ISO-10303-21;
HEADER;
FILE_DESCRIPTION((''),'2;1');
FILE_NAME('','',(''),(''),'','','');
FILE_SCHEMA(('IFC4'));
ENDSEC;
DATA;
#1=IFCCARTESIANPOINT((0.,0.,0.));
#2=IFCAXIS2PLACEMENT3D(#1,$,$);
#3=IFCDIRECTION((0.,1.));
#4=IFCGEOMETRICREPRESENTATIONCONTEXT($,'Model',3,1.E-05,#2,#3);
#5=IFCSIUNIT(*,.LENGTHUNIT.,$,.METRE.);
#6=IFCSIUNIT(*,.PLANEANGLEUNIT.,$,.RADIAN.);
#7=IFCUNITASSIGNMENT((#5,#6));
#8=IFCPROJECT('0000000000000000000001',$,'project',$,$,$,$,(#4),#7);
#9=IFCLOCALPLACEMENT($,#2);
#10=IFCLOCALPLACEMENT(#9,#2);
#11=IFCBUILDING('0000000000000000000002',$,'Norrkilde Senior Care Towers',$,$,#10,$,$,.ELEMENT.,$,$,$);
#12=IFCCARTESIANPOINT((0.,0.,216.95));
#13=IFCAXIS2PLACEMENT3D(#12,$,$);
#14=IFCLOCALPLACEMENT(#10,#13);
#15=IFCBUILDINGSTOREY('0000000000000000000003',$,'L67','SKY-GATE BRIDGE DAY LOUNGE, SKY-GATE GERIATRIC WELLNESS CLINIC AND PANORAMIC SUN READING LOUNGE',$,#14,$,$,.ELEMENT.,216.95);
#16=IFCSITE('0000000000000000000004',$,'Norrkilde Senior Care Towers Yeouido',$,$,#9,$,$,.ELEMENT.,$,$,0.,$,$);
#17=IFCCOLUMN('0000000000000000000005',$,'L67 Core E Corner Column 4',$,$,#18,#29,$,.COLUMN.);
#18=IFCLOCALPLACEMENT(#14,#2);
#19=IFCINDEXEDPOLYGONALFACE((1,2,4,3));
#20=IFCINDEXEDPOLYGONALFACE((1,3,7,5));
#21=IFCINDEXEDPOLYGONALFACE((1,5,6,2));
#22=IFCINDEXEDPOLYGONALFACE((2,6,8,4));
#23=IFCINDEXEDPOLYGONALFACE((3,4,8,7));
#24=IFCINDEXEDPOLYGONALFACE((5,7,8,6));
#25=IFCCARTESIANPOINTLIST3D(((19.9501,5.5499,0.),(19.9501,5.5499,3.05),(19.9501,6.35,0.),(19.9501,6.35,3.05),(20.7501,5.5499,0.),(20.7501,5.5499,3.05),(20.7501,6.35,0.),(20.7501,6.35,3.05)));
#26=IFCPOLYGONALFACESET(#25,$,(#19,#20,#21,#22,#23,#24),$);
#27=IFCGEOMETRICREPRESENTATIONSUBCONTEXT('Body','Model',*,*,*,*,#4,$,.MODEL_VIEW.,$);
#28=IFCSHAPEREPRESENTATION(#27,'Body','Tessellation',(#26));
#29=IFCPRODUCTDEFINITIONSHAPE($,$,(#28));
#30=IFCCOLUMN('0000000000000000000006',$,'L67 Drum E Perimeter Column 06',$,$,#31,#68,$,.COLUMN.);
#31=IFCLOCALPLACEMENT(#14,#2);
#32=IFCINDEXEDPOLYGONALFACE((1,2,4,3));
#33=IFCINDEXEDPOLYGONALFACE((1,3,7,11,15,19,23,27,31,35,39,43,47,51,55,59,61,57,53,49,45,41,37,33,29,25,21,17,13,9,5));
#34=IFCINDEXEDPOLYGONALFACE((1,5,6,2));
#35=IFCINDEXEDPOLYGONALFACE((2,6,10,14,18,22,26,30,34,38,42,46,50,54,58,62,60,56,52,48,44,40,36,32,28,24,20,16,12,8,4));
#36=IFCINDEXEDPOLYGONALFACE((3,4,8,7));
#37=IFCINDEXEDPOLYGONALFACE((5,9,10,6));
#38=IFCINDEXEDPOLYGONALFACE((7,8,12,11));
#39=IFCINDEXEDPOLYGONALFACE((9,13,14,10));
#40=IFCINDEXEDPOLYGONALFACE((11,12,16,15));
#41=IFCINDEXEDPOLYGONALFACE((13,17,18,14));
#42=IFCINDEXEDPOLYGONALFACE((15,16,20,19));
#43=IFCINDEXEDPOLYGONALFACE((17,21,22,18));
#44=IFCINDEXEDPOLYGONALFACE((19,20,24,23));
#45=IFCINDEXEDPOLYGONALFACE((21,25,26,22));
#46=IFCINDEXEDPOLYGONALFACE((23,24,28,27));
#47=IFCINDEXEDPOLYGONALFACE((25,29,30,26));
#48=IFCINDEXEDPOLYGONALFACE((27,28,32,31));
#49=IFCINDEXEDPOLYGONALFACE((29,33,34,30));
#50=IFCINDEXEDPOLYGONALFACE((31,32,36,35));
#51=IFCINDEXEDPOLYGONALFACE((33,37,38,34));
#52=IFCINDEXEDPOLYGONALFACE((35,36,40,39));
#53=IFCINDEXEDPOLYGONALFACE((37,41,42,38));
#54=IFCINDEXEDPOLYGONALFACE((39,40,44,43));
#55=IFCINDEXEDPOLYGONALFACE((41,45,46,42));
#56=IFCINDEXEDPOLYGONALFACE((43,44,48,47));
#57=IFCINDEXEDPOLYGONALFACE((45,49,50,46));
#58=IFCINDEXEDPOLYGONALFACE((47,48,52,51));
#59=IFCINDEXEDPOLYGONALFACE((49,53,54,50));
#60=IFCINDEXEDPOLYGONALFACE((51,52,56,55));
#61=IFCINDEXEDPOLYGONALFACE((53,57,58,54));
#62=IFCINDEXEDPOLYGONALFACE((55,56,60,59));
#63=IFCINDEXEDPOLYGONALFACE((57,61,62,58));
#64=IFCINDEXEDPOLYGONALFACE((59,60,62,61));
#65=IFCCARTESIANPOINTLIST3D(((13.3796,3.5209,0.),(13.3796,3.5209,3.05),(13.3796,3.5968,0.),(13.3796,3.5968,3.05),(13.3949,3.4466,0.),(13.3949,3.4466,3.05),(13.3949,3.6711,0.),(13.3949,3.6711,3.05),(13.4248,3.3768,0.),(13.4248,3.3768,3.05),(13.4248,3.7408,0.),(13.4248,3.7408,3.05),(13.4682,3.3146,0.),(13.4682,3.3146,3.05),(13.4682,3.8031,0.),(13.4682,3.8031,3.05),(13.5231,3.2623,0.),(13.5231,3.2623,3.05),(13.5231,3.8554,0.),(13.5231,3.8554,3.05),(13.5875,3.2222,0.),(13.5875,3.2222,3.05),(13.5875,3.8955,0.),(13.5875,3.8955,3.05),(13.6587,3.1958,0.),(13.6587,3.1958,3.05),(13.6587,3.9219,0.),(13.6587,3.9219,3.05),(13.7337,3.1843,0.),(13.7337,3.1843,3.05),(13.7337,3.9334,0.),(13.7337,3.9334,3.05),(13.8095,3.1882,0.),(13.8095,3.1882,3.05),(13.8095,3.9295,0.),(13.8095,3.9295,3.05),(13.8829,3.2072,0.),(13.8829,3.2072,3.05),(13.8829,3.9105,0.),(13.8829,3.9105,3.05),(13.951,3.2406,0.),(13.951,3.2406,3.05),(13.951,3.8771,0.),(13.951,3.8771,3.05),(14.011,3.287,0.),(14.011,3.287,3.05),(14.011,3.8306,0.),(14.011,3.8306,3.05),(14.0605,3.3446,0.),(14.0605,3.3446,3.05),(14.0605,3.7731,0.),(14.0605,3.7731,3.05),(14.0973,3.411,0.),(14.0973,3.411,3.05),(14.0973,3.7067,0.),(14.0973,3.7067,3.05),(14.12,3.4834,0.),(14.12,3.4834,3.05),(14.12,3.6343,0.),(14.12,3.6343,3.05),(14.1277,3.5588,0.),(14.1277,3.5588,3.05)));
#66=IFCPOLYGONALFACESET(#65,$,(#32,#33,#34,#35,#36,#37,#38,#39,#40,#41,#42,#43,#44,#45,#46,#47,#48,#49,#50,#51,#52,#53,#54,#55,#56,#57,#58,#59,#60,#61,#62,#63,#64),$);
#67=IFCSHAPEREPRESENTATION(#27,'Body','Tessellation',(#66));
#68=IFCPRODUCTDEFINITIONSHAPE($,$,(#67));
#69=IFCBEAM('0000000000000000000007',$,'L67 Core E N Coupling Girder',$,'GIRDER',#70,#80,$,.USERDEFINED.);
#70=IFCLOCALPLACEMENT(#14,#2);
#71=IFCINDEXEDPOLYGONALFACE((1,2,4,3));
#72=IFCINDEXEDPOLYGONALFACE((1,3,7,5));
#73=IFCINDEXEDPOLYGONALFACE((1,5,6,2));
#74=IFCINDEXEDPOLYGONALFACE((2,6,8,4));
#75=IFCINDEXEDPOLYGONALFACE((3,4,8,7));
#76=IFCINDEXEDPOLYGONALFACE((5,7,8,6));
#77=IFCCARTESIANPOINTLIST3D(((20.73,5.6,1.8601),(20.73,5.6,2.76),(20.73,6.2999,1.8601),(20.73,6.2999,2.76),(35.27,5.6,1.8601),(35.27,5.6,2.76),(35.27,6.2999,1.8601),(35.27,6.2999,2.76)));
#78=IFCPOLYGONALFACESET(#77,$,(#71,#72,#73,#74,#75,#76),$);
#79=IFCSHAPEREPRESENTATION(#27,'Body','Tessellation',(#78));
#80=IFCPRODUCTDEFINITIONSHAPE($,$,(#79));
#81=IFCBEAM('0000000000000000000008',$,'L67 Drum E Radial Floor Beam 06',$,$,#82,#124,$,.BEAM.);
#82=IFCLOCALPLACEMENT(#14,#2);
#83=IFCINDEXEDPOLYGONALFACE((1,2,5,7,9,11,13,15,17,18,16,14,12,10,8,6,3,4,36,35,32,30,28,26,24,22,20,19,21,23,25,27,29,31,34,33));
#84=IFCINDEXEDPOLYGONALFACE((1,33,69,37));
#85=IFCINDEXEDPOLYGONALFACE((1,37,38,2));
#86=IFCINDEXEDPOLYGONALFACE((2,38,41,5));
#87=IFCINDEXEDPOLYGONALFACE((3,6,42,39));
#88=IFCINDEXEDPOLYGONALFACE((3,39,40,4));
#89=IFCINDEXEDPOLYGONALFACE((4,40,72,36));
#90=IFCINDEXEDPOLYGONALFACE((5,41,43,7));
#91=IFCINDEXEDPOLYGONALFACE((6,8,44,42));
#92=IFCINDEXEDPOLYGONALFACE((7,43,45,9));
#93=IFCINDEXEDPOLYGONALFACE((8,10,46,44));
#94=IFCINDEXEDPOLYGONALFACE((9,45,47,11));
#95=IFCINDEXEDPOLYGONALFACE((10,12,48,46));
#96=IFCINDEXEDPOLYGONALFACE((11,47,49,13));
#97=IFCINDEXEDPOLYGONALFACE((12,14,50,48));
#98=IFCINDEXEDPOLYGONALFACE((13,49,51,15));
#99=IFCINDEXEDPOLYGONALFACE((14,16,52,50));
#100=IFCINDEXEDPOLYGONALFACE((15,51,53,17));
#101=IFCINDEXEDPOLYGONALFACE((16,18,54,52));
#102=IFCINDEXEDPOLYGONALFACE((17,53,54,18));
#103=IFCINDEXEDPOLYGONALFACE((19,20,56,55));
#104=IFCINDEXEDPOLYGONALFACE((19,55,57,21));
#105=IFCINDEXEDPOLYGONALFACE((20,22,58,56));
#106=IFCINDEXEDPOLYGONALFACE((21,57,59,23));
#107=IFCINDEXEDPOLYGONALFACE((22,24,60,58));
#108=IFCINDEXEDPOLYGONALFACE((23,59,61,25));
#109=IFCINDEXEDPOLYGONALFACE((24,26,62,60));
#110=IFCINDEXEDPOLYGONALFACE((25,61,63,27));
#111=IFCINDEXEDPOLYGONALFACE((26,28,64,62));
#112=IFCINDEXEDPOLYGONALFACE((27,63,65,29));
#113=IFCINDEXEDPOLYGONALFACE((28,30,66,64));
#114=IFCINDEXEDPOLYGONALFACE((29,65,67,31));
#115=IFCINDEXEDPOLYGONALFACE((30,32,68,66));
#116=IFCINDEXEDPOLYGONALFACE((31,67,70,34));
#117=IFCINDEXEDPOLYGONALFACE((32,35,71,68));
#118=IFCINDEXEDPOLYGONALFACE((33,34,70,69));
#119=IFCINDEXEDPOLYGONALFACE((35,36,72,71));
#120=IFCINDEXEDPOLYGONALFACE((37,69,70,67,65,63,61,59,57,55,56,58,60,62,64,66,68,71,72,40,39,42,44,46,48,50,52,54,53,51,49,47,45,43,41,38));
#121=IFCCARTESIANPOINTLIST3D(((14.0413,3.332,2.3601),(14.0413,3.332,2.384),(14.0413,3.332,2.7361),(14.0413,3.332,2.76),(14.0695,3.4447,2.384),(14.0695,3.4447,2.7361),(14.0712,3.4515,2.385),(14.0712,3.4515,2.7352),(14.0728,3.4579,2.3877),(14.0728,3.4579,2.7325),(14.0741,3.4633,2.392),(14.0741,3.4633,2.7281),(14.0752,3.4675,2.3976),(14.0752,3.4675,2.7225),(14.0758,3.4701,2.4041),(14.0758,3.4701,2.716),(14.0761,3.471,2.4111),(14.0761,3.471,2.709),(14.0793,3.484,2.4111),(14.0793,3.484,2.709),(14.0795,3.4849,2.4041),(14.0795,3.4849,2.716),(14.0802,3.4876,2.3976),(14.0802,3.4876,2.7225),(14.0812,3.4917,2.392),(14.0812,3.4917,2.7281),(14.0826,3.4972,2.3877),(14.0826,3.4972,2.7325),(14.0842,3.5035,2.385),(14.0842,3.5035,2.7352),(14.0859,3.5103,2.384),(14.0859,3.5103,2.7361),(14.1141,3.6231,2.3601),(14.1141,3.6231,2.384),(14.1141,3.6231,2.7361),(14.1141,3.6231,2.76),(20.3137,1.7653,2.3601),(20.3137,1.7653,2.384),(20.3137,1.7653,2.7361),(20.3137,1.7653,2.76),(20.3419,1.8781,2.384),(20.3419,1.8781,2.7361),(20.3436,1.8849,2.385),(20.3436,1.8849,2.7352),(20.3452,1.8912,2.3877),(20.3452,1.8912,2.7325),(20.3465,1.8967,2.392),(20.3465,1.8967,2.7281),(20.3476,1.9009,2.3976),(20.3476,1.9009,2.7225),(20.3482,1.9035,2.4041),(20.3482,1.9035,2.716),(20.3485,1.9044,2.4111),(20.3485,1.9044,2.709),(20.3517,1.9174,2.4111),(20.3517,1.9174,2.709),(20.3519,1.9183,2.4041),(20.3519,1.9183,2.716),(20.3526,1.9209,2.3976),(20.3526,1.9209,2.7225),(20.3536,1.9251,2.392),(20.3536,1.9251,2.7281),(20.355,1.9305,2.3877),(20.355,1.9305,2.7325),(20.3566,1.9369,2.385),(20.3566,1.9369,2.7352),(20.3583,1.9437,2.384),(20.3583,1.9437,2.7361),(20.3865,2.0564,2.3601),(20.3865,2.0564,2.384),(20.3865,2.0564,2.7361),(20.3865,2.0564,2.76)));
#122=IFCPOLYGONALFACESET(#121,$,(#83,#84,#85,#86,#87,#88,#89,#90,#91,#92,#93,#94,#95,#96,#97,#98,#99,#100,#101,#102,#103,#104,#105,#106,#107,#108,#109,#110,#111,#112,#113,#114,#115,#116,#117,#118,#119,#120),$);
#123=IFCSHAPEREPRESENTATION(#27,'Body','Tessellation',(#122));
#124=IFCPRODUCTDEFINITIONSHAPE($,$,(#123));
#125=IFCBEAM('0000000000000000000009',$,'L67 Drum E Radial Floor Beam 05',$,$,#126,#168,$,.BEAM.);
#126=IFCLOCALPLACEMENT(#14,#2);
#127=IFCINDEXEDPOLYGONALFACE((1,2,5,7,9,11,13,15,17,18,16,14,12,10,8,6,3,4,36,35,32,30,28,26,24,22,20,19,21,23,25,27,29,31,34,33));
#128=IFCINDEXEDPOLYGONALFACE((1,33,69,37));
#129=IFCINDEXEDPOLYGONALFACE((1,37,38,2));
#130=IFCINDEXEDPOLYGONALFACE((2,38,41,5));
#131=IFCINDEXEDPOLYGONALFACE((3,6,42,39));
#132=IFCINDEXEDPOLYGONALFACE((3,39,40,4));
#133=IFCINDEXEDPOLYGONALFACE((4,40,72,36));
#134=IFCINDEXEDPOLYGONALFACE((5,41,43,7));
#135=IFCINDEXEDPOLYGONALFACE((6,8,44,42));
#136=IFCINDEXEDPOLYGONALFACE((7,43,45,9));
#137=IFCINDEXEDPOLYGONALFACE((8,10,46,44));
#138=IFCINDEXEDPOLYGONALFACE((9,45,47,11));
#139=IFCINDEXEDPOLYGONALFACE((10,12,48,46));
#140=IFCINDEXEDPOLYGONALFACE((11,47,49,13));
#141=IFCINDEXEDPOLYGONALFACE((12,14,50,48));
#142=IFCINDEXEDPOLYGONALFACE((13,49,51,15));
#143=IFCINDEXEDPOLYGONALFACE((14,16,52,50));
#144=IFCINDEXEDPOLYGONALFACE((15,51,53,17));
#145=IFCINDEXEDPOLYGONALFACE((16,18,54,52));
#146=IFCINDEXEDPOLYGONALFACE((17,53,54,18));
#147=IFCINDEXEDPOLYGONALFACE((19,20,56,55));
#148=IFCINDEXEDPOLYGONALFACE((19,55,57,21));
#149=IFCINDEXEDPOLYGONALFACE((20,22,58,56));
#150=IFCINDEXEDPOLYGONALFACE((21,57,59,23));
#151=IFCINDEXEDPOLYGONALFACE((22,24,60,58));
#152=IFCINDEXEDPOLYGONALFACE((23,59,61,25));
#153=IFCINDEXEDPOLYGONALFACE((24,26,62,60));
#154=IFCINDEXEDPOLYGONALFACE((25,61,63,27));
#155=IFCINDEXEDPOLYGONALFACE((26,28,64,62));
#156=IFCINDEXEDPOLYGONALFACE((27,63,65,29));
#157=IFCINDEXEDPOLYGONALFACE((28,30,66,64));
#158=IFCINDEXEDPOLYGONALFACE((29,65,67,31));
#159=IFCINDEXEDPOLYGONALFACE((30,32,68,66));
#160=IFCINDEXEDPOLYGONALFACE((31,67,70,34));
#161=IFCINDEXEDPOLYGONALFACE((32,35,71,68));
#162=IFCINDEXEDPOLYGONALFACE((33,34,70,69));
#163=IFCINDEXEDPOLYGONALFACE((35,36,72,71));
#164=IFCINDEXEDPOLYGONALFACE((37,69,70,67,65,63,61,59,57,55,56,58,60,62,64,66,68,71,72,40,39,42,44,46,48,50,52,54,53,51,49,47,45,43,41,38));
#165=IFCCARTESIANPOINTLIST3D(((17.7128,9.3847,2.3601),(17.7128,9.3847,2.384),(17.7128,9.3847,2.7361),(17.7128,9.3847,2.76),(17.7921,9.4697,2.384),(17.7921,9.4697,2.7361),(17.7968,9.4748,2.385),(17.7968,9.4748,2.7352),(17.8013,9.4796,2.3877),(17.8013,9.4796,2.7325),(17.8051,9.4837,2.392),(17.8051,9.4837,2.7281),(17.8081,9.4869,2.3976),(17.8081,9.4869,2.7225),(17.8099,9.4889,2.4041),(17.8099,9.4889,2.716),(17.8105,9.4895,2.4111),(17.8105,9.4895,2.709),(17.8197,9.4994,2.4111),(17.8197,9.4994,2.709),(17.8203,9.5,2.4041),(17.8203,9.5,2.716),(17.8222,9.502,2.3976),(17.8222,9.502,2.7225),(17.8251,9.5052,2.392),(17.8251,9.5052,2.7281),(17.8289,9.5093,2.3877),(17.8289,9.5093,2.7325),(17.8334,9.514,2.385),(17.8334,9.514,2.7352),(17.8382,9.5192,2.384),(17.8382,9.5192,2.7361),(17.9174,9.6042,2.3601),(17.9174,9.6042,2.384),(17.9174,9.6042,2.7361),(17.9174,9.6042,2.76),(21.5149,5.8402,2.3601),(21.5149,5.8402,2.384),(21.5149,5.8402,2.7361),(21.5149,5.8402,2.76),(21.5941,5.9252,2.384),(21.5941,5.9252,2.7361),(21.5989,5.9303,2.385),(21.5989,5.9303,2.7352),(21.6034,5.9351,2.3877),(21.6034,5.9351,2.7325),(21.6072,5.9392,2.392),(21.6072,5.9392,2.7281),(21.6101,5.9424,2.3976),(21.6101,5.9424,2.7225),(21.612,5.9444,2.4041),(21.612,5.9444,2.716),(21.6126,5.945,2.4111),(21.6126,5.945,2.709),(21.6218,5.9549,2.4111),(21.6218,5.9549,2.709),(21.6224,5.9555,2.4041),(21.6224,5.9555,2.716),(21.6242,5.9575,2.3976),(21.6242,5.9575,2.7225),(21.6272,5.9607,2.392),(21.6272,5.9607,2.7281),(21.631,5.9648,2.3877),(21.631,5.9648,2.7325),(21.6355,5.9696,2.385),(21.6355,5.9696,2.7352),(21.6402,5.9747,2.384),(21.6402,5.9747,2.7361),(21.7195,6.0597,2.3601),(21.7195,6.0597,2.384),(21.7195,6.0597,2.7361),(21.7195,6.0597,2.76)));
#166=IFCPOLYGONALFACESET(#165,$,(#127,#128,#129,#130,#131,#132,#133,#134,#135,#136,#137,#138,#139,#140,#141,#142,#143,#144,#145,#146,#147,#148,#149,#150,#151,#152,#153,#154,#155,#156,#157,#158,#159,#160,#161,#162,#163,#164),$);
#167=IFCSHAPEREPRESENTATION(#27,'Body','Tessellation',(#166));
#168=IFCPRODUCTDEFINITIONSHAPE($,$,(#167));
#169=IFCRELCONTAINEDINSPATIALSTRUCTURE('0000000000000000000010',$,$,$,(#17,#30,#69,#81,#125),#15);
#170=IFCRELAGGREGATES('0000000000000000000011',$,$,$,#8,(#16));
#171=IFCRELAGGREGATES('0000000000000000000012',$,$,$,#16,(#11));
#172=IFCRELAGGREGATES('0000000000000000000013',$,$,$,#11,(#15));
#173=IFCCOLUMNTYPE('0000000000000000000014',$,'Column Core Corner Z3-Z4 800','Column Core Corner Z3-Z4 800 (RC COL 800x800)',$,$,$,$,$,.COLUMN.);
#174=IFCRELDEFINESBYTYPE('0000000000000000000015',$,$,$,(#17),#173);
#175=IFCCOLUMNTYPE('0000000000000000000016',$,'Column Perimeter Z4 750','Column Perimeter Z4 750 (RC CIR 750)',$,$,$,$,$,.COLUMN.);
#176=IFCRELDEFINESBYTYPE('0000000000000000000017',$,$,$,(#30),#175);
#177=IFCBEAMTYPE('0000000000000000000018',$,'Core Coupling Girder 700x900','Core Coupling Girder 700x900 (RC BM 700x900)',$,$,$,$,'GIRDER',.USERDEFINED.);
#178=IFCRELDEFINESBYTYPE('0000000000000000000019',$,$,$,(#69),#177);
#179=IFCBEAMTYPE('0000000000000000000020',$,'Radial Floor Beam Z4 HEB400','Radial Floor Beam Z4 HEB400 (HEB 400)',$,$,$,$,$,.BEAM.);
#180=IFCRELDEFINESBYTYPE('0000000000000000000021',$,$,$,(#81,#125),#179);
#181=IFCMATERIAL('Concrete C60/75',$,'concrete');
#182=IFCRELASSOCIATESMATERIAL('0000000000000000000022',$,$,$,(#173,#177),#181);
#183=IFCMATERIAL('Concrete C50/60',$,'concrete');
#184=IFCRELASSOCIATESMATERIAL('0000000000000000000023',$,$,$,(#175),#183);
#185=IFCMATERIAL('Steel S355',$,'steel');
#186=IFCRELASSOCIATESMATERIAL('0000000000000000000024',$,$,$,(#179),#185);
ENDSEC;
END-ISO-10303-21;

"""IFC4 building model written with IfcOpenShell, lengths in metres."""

from ifc_helpers import new_model, si_unit, direction, frame, origin, origin_2d, place, context, subcontext, project, spatial, rectangle, circle, i_section, extrude, source, transform, mapped, material, material_profile, profile_set, type_object, type_shapes, element, save


model = new_model("IFC4")

# Units and contexts
model_context = context("Model", 3, precision=1e-05, world=origin(), true_north=direction((0.0, 1.0)))
body_context = subcontext(model_context, "Body", "Model", "MODEL_VIEW")
ifc_project = project(units=[si_unit("LENGTHUNIT", "METRE"), si_unit("PLANEANGLEUNIT", "RADIAN")], contexts=[model_context])

# Site, building, storey
site_placement = place(None, origin())
site = spatial("IfcSite", under=ifc_project, at=site_placement, Name="Norrkilde Senior Care Towers Yeouido", CompositionType="ELEMENT", RefElevation=0.0)
building_placement = place(site_placement, origin())
building = spatial("IfcBuilding", under=site, at=building_placement, Name="Norrkilde Senior Care Towers", CompositionType="ELEMENT")
storey_placement = place(building_placement, frame((0.0, 0.0, 216.95)))
storey = spatial("IfcBuildingStorey", under=building, at=storey_placement, Name="L67", Description="SKY-GATE BRIDGE DAY LOUNGE, SKY-GATE GERIATRIC WELLNESS CLINIC AND PANORAMIC SUN READING LOUNGE", CompositionType="ELEMENT", Elevation=216.95)

# Columns
ifc_material_1 = material(Name="Concrete C60/75", Category="concrete")
ifc_material_profile_1 = material_profile(ifc_material_1, rectangle(XDim=0.8, YDim=0.8, at=origin_2d()), Name="RC COL 800x800")
ifc_profile_set_1 = profile_set([ifc_material_profile_1], Name="Concrete C60/75")
column_type_1 = type_object("IfcColumnType", Name="Column Core Corner Z3-Z4 800", Description="Column Core Corner Z3-Z4 800 (RC COL 800x800)", PredefinedType="COLUMN", material=ifc_profile_set_1)
shared_shape_1 = source(origin(), body_context, "Body", "SweptSolid", [
    extrude(rectangle(XDim=0.8, YDim=0.8, at=origin_2d()), origin(), (0.0, 0.0, 1.0), 3.05),
])
type_shapes(column_type_1, [shared_shape_1])
column_1_placement = place(storey_placement, frame((20.3501, 5.95, 0.0), z_axis=(0.0, 0.0, 1.0), x_axis=(1.0, 0.0, 0.0)))
element("IfcColumn", 1, at=column_1_placement, inside=storey, type_object=column_type_1, Name="L67 Core E Corner Column 4", PredefinedType="COLUMN", context=body_context, shape_type="MappedRepresentation", body=[
    mapped(shared_shape_1, transform((0.0, 0.0, 0.0), x_axis=(1.0, 0.0, 0.0), y_axis=(0.0, 1.0, 0.0), z_axis=(0.0, 0.0, 1.0), scale=1.0)),
])
ifc_material_2 = material(Name="Concrete C50/60", Category="concrete")
ifc_material_profile_2 = material_profile(ifc_material_2, circle(Radius=0.375, at=origin_2d()), Name="RC CIR 750")
ifc_profile_set_2 = profile_set([ifc_material_profile_2], Name="Concrete C50/60")
column_type_2 = type_object("IfcColumnType", Name="Column Perimeter Z4 750", Description="Column Perimeter Z4 750 (RC CIR 750)", PredefinedType="COLUMN", material=ifc_profile_set_2)
shared_shape_2 = source(origin(), body_context, "Body", "SweptSolid", [
    extrude(circle(Radius=0.375, at=origin_2d()), origin(), (0.0, 0.0, 1.0), 3.05),
])
type_shapes(column_type_2, [shared_shape_2])
column_2_placement = place(storey_placement, frame((13.7527, 3.5588, 0.0), z_axis=(0.0, 0.0, 1.0), x_axis=(1.0, 0.0, 0.0)))
element("IfcColumn", 2, at=column_2_placement, inside=storey, type_object=column_type_2, Name="L67 Drum E Perimeter Column 06", PredefinedType="COLUMN", context=body_context, shape_type="MappedRepresentation", body=[
    mapped(shared_shape_2, transform((0.0, 0.0, 0.0), x_axis=(1.0, 0.0, 0.0), y_axis=(0.0, 1.0, 0.0), z_axis=(0.0, 0.0, 1.0), scale=1.0)),
])

# Beams
ifc_material_profile_3 = material_profile(ifc_material_1, rectangle(XDim=0.7, YDim=0.8999, at=origin_2d()), Name="RC BM 700x900")
ifc_profile_set_3 = profile_set([ifc_material_profile_3], Name="Concrete C60/75")
beam_type_1 = type_object("IfcBeamType", Name="Core Coupling Girder 700x900", Description="Core Coupling Girder 700x900 (RC BM 700x900)", ElementType="GIRDER", PredefinedType="USERDEFINED", material=ifc_profile_set_3)
shared_shape_3 = source(origin(), body_context, "Body", "SweptSolid", [
    extrude(rectangle(XDim=0.7, YDim=0.8999, at=origin_2d()), origin(), (0.0, 0.0, 1.0), 14.54),
])
type_shapes(beam_type_1, [shared_shape_3])
beam_1_placement = place(storey_placement, frame((20.73, 5.95, 2.3101), z_axis=(1.0, 0.0, 0.0), x_axis=(0.0, 1.0, 0.0)))
element("IfcBeam", 3, at=beam_1_placement, inside=storey, type_object=beam_type_1, Name="L67 Core E N Coupling Girder", ObjectType="GIRDER", PredefinedType="USERDEFINED", context=body_context, shape_type="MappedRepresentation", body=[
    mapped(shared_shape_3, transform((0.0, 0.0, 0.0), x_axis=(1.0, 0.0, 0.0), y_axis=(0.0, 1.0, 0.0), z_axis=(0.0, 0.0, 1.0), scale=1.0)),
])
ifc_material_3 = material(Name="Steel S355", Category="steel")
ifc_material_profile_4 = material_profile(ifc_material_3, i_section(OverallWidth=0.3, OverallDepth=0.3999, WebThickness=0.0134, FlangeThickness=0.0239, FilletRadius=0.0271, at=origin_2d()), Name="HEB 400")
ifc_profile_set_4 = profile_set([ifc_material_profile_4], Name="Steel S355")
beam_type_2 = type_object("IfcBeamType", Name="Radial Floor Beam Z4 HEB400", Description="Radial Floor Beam Z4 HEB400 (HEB 400)", PredefinedType="BEAM", material=ifc_profile_set_4)
shared_shape_4 = source(origin(), body_context, "Body", "SweptSolid", [
    extrude(i_section(OverallWidth=0.3, OverallDepth=0.3999, WebThickness=0.0134, FlangeThickness=0.0239, FilletRadius=0.0271, at=origin_2d()), origin(), (0.0, 0.0, 1.0), 6.4651),
])
beam_2_placement = place(storey_placement, frame((20.3501, 1.9109, 2.5601), z_axis=(-0.970196, 0.242322, 0.0), x_axis=(-0.242322, -0.970196, 0.0)))
element("IfcBeam", 4, at=beam_2_placement, inside=storey, type_object=beam_type_2, Name="L67 Drum E Radial Floor Beam 06", PredefinedType="BEAM", context=body_context, shape_type="MappedRepresentation", body=[
    mapped(shared_shape_4, transform((0.0, 0.0, 0.0), x_axis=(1.0, 0.0, 0.0), y_axis=(0.0, 1.0, 0.0), z_axis=(0.0, 0.0, 1.0), scale=1.0)),
])
shared_shape_5 = source(origin(), body_context, "Body", "SweptSolid", [
    extrude(i_section(OverallWidth=0.3, OverallDepth=0.3999, WebThickness=0.0134, FlangeThickness=0.0239, FilletRadius=0.0271, at=origin_2d()), origin(), (0.0, 0.0, 1.0), 5.198),
])
type_shapes(beam_type_2, [shared_shape_4, shared_shape_5])
beam_3_placement = place(storey_placement, frame((21.6172, 5.95, 2.5601), z_axis=(-0.731449, 0.681896, 0.0), x_axis=(-0.681896, -0.731449, 0.0)))
element("IfcBeam", 5, at=beam_3_placement, inside=storey, type_object=beam_type_2, Name="L67 Drum E Radial Floor Beam 05", PredefinedType="BEAM", context=body_context, shape_type="MappedRepresentation", body=[
    mapped(shared_shape_5, transform((0.0, 0.0, 0.0), x_axis=(1.0, 0.0, 0.0), y_axis=(0.0, 1.0, 0.0), z_axis=(0.0, 0.0, 1.0), scale=1.0)),
])

save(model, "model.ifc")
